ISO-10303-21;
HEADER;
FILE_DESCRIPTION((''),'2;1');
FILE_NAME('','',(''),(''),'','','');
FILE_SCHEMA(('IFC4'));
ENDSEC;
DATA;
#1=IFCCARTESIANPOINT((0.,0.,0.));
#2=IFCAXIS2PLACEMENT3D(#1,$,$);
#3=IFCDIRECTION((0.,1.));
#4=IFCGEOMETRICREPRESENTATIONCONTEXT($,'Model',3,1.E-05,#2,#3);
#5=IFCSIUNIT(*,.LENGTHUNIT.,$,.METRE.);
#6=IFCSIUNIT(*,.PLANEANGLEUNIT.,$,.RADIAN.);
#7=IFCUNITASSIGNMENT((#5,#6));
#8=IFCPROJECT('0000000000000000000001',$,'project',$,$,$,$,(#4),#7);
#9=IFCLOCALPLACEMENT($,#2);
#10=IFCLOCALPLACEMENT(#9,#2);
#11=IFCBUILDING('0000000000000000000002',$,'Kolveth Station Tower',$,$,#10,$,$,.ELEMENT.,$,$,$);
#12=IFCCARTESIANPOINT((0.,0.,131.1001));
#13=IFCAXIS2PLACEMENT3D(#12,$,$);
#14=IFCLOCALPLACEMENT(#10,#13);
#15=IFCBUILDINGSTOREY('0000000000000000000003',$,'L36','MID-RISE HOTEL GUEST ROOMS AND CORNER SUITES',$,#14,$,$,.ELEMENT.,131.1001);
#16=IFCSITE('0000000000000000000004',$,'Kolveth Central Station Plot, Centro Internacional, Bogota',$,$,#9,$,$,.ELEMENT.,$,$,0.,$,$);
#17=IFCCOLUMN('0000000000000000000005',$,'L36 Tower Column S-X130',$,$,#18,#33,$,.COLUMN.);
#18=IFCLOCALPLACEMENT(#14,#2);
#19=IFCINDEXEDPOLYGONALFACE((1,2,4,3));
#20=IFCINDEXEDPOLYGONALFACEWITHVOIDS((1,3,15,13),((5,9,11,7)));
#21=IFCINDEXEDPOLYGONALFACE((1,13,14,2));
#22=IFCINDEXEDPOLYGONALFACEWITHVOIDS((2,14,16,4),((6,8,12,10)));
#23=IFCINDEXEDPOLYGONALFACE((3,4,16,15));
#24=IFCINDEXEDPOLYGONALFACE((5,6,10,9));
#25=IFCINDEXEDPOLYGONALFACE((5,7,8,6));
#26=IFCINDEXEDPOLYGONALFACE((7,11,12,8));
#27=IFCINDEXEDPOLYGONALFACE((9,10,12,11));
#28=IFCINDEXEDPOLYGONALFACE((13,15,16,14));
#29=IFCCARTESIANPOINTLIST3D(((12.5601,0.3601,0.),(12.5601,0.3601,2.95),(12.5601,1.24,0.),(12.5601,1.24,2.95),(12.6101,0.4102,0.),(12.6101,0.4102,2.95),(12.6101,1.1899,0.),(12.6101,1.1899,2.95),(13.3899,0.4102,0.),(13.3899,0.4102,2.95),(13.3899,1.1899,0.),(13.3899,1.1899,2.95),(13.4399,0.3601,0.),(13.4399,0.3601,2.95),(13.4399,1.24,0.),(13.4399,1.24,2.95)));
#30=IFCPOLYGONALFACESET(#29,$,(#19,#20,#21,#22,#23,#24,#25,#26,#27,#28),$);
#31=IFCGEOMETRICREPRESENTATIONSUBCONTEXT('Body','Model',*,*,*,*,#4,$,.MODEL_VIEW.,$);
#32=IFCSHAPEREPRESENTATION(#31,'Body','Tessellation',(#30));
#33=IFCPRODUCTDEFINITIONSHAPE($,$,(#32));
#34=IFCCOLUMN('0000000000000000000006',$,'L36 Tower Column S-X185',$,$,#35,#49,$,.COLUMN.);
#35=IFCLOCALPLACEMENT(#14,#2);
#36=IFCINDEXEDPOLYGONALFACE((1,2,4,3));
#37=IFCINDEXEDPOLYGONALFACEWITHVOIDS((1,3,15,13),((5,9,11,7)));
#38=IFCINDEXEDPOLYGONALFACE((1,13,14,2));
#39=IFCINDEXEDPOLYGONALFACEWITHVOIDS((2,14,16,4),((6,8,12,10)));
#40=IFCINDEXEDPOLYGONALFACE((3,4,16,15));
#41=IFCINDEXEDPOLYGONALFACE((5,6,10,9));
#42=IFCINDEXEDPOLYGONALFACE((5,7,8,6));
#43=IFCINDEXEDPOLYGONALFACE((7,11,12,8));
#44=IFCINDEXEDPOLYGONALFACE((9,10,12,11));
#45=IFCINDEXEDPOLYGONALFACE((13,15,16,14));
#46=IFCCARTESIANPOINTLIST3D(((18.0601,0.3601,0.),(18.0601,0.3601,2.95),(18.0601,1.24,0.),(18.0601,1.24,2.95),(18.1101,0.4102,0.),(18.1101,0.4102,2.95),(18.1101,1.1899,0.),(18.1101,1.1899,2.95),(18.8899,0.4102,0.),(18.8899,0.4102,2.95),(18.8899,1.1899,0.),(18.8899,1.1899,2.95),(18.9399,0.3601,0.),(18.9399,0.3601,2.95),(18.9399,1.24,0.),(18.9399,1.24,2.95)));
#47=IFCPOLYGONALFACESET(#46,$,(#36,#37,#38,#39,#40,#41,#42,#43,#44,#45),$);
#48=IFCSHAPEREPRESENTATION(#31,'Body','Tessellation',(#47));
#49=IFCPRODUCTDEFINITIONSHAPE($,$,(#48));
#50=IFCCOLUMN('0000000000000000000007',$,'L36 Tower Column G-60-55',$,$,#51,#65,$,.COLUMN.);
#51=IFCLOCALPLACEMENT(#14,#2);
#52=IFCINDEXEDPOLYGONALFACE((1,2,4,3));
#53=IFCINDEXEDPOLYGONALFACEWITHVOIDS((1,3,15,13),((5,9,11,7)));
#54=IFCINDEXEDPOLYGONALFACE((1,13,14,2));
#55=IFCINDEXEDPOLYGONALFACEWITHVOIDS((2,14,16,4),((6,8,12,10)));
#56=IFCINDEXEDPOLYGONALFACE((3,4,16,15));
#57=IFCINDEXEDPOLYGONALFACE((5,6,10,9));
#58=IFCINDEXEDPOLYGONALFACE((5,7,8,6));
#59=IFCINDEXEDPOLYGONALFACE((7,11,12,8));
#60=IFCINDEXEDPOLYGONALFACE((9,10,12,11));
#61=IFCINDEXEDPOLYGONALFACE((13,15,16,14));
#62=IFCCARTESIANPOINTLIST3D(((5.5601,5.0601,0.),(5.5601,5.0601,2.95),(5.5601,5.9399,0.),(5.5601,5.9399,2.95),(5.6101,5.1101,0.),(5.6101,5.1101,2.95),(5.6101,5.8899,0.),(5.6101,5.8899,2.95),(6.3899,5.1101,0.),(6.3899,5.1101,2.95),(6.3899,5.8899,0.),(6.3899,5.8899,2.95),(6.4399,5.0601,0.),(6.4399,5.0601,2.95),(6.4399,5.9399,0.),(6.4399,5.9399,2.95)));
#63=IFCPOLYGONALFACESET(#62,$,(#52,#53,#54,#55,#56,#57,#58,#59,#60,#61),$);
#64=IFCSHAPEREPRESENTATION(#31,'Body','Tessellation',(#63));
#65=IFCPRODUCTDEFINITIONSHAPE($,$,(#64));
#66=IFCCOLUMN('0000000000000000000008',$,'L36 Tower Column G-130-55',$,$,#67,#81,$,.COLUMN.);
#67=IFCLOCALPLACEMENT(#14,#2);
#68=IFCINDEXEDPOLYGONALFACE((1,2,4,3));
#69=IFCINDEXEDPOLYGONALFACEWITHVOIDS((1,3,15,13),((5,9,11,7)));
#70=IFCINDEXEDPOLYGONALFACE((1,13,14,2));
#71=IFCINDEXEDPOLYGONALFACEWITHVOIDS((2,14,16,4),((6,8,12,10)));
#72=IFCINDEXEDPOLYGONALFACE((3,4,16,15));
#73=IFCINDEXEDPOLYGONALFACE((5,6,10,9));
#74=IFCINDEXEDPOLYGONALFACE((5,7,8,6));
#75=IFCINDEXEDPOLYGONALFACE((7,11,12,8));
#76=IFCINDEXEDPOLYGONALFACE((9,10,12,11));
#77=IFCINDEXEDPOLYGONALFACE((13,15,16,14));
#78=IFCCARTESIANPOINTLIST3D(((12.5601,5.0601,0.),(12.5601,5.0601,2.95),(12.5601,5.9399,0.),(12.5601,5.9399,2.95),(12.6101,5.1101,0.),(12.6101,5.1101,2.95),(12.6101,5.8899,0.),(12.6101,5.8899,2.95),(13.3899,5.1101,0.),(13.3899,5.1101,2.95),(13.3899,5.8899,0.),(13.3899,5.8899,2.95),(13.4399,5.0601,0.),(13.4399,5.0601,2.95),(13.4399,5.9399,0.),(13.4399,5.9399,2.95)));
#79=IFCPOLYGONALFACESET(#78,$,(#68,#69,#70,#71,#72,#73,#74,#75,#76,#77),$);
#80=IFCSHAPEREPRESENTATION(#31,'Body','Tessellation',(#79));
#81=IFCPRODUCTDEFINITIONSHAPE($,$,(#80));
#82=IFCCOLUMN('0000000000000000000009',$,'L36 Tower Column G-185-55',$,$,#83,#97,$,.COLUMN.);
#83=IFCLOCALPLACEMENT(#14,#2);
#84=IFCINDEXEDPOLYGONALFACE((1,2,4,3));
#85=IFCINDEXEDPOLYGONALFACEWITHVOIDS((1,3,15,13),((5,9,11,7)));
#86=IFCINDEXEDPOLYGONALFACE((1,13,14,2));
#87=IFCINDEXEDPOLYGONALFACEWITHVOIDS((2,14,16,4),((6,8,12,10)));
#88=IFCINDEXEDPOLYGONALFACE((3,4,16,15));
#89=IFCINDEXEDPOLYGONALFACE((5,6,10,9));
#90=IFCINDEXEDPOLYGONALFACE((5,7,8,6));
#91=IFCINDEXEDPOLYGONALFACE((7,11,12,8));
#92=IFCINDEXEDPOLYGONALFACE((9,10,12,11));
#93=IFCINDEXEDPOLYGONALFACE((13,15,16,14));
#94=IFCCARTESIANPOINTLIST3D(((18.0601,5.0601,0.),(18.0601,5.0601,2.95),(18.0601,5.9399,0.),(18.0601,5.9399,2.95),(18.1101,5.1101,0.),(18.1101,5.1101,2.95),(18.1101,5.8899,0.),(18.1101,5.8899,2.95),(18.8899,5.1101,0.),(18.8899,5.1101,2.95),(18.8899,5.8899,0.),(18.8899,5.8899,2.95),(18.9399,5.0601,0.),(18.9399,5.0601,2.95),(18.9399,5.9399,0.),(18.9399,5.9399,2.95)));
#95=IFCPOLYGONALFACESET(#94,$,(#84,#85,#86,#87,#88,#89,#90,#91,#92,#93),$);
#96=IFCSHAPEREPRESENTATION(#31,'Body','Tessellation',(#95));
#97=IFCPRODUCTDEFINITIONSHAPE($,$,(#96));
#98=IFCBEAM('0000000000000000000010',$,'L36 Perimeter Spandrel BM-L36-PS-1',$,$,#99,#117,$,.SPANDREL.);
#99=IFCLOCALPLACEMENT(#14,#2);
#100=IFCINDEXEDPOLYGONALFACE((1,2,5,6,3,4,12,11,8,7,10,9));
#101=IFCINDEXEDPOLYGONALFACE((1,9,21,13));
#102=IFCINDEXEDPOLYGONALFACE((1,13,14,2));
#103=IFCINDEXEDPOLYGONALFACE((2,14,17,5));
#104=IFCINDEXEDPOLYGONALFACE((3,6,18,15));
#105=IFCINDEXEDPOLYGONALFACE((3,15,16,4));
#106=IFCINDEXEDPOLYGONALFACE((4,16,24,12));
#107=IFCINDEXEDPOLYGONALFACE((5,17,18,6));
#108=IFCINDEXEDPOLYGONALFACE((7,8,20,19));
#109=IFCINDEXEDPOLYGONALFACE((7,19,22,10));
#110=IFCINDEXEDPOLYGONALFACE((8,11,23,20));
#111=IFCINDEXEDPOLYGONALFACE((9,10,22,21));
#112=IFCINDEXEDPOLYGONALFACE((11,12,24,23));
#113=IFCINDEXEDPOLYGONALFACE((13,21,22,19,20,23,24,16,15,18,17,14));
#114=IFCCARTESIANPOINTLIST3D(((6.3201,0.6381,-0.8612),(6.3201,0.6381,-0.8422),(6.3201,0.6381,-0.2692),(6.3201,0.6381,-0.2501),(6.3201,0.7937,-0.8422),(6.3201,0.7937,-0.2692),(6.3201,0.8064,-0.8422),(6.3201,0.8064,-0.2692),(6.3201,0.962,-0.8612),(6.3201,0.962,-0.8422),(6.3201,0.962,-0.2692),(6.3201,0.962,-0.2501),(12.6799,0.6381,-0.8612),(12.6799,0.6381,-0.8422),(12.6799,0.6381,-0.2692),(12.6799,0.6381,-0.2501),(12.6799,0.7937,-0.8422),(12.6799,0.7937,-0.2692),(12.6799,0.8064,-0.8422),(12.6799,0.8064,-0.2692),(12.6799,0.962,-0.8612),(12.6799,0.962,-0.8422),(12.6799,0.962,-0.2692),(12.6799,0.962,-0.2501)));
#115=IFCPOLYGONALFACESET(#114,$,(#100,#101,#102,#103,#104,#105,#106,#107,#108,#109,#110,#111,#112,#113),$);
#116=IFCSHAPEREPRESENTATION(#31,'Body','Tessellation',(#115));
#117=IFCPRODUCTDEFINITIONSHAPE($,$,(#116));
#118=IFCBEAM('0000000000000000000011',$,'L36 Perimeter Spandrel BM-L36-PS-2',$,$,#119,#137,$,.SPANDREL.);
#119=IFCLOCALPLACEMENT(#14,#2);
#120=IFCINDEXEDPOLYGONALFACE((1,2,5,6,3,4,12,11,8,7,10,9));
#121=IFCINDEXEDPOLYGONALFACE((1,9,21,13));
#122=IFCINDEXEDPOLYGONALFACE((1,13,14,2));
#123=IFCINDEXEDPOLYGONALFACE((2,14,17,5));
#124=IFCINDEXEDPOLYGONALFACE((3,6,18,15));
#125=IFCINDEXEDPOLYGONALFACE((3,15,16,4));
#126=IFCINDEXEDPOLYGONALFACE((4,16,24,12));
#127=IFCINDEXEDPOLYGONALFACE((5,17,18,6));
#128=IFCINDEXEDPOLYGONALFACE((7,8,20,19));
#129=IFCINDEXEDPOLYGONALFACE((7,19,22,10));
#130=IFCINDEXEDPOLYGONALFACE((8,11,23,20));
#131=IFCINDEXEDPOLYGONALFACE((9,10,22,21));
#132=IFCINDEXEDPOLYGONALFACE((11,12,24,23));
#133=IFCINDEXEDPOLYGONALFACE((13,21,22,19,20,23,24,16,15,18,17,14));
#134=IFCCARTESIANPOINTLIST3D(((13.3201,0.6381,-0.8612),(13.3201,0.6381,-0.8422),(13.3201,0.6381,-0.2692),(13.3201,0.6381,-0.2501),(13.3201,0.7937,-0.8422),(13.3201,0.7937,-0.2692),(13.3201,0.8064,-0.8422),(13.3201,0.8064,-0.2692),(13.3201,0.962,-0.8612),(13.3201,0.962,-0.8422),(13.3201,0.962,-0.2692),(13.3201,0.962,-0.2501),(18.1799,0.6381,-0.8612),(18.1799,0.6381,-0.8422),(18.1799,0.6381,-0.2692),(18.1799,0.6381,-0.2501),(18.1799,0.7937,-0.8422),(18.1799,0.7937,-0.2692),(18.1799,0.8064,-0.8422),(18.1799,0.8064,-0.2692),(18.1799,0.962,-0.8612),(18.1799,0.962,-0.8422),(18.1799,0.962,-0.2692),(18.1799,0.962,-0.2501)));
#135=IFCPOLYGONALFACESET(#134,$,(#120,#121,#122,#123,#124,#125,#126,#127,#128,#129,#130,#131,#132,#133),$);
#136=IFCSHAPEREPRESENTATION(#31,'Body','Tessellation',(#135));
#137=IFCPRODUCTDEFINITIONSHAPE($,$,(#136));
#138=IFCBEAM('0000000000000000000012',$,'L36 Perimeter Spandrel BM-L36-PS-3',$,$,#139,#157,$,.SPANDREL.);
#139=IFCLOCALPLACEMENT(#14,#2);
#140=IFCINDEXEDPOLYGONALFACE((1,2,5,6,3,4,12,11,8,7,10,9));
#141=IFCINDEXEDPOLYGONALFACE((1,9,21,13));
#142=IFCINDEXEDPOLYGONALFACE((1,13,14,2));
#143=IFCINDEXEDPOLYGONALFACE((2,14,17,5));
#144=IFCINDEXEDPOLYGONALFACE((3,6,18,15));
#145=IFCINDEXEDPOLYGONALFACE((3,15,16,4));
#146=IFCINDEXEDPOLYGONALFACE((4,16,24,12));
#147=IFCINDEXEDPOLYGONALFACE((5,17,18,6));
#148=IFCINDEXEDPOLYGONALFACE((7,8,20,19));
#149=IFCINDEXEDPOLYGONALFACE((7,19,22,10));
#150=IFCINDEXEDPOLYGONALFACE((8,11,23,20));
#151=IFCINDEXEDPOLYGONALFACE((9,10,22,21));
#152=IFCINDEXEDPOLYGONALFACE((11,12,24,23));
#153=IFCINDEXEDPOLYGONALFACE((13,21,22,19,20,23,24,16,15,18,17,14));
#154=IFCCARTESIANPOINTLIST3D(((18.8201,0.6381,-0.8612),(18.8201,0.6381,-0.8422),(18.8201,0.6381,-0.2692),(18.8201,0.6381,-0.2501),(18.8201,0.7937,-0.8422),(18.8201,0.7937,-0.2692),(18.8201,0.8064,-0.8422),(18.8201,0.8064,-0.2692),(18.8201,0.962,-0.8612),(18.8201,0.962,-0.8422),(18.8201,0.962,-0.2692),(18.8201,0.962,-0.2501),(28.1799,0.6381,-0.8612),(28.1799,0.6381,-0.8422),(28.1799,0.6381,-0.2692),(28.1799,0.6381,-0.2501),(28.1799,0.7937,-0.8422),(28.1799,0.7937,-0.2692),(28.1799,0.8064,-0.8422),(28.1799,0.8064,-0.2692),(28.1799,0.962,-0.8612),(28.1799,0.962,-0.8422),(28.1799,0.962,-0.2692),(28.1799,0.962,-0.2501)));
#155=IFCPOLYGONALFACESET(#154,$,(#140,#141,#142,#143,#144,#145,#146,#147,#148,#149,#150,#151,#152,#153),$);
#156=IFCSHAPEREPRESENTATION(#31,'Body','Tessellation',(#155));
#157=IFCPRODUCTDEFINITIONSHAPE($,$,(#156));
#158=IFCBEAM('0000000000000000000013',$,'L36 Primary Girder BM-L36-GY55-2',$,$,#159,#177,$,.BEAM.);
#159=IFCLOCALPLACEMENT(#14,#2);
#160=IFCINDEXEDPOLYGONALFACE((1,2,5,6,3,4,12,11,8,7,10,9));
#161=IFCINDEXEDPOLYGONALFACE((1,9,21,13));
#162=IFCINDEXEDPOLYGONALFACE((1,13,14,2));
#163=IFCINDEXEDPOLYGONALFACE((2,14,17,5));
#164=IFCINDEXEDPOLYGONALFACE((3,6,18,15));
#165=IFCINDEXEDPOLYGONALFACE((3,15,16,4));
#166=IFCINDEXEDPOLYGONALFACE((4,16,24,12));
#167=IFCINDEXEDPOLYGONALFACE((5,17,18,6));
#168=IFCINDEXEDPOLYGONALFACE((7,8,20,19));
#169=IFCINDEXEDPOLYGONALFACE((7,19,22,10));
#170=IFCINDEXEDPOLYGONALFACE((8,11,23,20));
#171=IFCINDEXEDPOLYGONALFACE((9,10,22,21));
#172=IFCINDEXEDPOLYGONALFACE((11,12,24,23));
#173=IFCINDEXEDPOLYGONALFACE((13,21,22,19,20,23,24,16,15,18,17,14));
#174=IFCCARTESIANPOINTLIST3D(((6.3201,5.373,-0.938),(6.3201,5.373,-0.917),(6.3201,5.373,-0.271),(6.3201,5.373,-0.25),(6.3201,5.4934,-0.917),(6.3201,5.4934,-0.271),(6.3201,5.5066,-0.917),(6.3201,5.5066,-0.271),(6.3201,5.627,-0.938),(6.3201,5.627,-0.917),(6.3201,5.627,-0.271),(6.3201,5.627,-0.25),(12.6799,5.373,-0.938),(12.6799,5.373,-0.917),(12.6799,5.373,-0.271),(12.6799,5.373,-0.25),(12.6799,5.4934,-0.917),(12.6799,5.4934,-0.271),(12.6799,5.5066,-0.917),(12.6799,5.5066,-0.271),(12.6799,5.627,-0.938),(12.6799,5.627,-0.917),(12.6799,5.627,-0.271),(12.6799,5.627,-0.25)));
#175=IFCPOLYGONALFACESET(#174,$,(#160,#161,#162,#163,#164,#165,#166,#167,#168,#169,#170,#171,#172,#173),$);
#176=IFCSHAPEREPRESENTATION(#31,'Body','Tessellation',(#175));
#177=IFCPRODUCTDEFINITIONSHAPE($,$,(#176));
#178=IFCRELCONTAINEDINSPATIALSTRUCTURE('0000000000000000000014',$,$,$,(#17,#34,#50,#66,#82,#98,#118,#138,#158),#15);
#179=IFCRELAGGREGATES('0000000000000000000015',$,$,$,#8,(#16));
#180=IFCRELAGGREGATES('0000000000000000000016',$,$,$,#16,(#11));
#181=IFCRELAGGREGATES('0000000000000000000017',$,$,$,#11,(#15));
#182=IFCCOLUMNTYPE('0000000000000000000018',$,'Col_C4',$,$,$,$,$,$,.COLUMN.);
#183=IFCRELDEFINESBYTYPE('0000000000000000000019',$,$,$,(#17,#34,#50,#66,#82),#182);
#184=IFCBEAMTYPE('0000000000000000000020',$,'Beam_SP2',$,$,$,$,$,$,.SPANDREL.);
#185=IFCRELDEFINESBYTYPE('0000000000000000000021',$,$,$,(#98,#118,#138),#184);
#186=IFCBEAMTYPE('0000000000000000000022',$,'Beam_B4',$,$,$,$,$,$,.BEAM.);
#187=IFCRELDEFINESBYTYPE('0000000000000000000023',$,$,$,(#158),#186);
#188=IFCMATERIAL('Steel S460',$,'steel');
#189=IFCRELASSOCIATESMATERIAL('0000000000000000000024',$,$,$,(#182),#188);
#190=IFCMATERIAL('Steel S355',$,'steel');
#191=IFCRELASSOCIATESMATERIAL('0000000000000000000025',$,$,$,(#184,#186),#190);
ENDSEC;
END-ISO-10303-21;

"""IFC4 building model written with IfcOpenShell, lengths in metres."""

from ifc_helpers import new_model, si_unit, direction, frame, origin, origin_2d, place, context, subcontext, project, spatial, hollow_rectangle, i_section, extrude, source, transform, mapped, material, material_profile, profile_set, type_object, element, save


model = new_model("IFC4")

# Units and contexts
model_context = context("Model", 3, precision=1e-05, world=origin(), true_north=direction((0.0, 1.0)))
body_context = subcontext(model_context, "Body", "Model", "MODEL_VIEW")
ifc_project = project(units=[si_unit("LENGTHUNIT", "METRE"), si_unit("PLANEANGLEUNIT", "RADIAN")], contexts=[model_context])

# Site, building, storey
site_placement = place(None, origin())
site = spatial("IfcSite", under=ifc_project, at=site_placement, Name="Kolveth Central Station Plot, Centro Internacional, Bogota", CompositionType="ELEMENT", RefElevation=0.0)
building_placement = place(site_placement, origin())
building = spatial("IfcBuilding", under=site, at=building_placement, Name="Kolveth Station Tower", CompositionType="ELEMENT")
storey_placement = place(building_placement, frame((0.0, 0.0, 131.1001)))
storey = spatial("IfcBuildingStorey", under=building, at=storey_placement, Name="L36", Description="MID-RISE HOTEL GUEST ROOMS AND CORNER SUITES", CompositionType="ELEMENT", Elevation=131.1001)

# Columns
ifc_material_1 = material(Name="Steel S460", Category="steel")
ifc_material_profile_1 = material_profile(ifc_material_1, hollow_rectangle(XDim=0.8799, YDim=0.8799, WallThickness=0.05, at=origin_2d()), Name="BOX880x880x50")
ifc_profile_set_1 = profile_set([ifc_material_profile_1], Name="Steel S460")
column_type = type_object("IfcColumnType", Name="Col_C4", PredefinedType="COLUMN", material=ifc_profile_set_1)
shared_shape_1 = source(origin(), body_context, "Body", "SweptSolid", [
    extrude(hollow_rectangle(XDim=0.8799, YDim=0.8799, WallThickness=0.05, at=origin_2d()), origin(), (0.0, 0.0, 1.0), 2.95),
])
for number, where, z_axis, x_axis, name in (
    (1, (13.0, 0.8, 0.0), (0.0, 0.0, 1.0), (1.0, 0.0, 0.0), "L36 Tower Column S-X130"),
    (2, (18.5, 0.8, 0.0), (0.0, 0.0, 1.0), (1.0, 0.0, 0.0), "L36 Tower Column S-X185"),
    (3, (6.0, 5.5, 0.0), (0.0, 0.0, 1.0), (1.0, 0.0, 0.0), "L36 Tower Column G-60-55"),
    (4, (13.0, 5.5, 0.0), (0.0, 0.0, 1.0), (1.0, 0.0, 0.0), "L36 Tower Column G-130-55"),
    (5, (18.5, 5.5, 0.0), (0.0, 0.0, 1.0), (1.0, 0.0, 0.0), "L36 Tower Column G-185-55"),
):
    element("IfcColumn", number, at=place(storey_placement, frame(where, z_axis=z_axis, x_axis=x_axis)), inside=storey, type_object=column_type, Name=name, PredefinedType="COLUMN", context=body_context, shape_type="MappedRepresentation", body=[
        mapped(shared_shape_1, transform((0.0, 0.0, 0.0), x_axis=(1.0, 0.0, 0.0), y_axis=(0.0, 1.0, 0.0), z_axis=(0.0, 0.0, 1.0), scale=1.0)),
    ])

# Beams
ifc_material_2 = material(Name="Steel S355", Category="steel")
ifc_material_profile_2 = material_profile(ifc_material_2, i_section(OverallWidth=0.324, OverallDepth=0.6111, WebThickness=0.0127, FlangeThickness=0.019, at=origin_2d()), Name="W610x155")
ifc_profile_set_2 = profile_set([ifc_material_profile_2], Name="Steel S355")
beam_type_1 = type_object("IfcBeamType", Name="Beam_SP2", PredefinedType="SPANDREL", material=ifc_profile_set_2)
shared_shape_2 = source(origin(), body_context, "Body", "SweptSolid", [
    extrude(i_section(OverallWidth=0.324, OverallDepth=0.6111, WebThickness=0.0127, FlangeThickness=0.019, at=origin_2d()), origin(), (0.0, 0.0, 1.0), 6.3599),
])
beam_1_placement = place(storey_placement, frame((6.3201, 0.8, -0.5557), z_axis=(1.0, 0.0, 0.0), x_axis=(0.0, 1.0, 0.0)))
element("IfcBeam", 6, at=beam_1_placement, inside=storey, type_object=beam_type_1, Name="L36 Perimeter Spandrel BM-L36-PS-1", PredefinedType="SPANDREL", context=body_context, shape_type="MappedRepresentation", body=[
    mapped(shared_shape_2, transform((0.0, 0.0, 0.0), x_axis=(1.0, 0.0, 0.0), y_axis=(0.0, 1.0, 0.0), z_axis=(0.0, 0.0, 1.0), scale=1.0)),
])
shared_shape_3 = source(origin(), body_context, "Body", "SweptSolid", [
    extrude(i_section(OverallWidth=0.324, OverallDepth=0.6111, WebThickness=0.0127, FlangeThickness=0.019, at=origin_2d()), origin(), (0.0, 0.0, 1.0), 4.8599),
])
beam_2_placement = place(storey_placement, frame((13.3201, 0.8, -0.5557), z_axis=(1.0, 0.0, 0.0), x_axis=(0.0, 1.0, 0.0)))
element("IfcBeam", 7, at=beam_2_placement, inside=storey, type_object=beam_type_1, Name="L36 Perimeter Spandrel BM-L36-PS-2", PredefinedType="SPANDREL", context=body_context, shape_type="MappedRepresentation", body=[
    mapped(shared_shape_3, transform((0.0, 0.0, 0.0), x_axis=(1.0, 0.0, 0.0), y_axis=(0.0, 1.0, 0.0), z_axis=(0.0, 0.0, 1.0), scale=1.0)),
])
shared_shape_4 = source(origin(), body_context, "Body", "SweptSolid", [
    extrude(i_section(OverallWidth=0.324, OverallDepth=0.6111, WebThickness=0.0127, FlangeThickness=0.019, at=origin_2d()), origin(), (0.0, 0.0, 1.0), 9.3599),
])
beam_3_placement = place(storey_placement, frame((18.8201, 0.8, -0.5557), z_axis=(1.0, 0.0, 0.0), x_axis=(0.0, 1.0, 0.0)))
element("IfcBeam", 8, at=beam_3_placement, inside=storey, type_object=beam_type_1, Name="L36 Perimeter Spandrel BM-L36-PS-3", PredefinedType="SPANDREL", context=body_context, shape_type="MappedRepresentation", body=[
    mapped(shared_shape_4, transform((0.0, 0.0, 0.0), x_axis=(1.0, 0.0, 0.0), y_axis=(0.0, 1.0, 0.0), z_axis=(0.0, 0.0, 1.0), scale=1.0)),
])
ifc_material_profile_3 = material_profile(ifc_material_2, i_section(OverallWidth=0.2539, OverallDepth=0.688, WebThickness=0.0132, FlangeThickness=0.021, at=origin_2d()), Name="W690x152")
ifc_profile_set_3 = profile_set([ifc_material_profile_3], Name="Steel S355")
beam_type_2 = type_object("IfcBeamType", Name="Beam_B4", PredefinedType="BEAM", material=ifc_profile_set_3)
shared_shape_5 = source(origin(), body_context, "Body", "SweptSolid", [
    extrude(i_section(OverallWidth=0.2539, OverallDepth=0.688, WebThickness=0.0132, FlangeThickness=0.021, at=origin_2d()), origin(), (0.0, 0.0, 1.0), 6.3599),
])
beam_4_placement = place(storey_placement, frame((6.3201, 5.5, -0.594), z_axis=(1.0, 0.0, 0.0), x_axis=(0.0, 1.0, 0.0)))
element("IfcBeam", 9, at=beam_4_placement, inside=storey, type_object=beam_type_2, Name="L36 Primary Girder BM-L36-GY55-2", PredefinedType="BEAM", context=body_context, shape_type="MappedRepresentation", body=[
    mapped(shared_shape_5, transform((0.0, 0.0, 0.0), x_axis=(1.0, 0.0, 0.0), y_axis=(0.0, 1.0, 0.0), z_axis=(0.0, 0.0, 1.0), scale=1.0)),
])

save(model, "model.ifc")
